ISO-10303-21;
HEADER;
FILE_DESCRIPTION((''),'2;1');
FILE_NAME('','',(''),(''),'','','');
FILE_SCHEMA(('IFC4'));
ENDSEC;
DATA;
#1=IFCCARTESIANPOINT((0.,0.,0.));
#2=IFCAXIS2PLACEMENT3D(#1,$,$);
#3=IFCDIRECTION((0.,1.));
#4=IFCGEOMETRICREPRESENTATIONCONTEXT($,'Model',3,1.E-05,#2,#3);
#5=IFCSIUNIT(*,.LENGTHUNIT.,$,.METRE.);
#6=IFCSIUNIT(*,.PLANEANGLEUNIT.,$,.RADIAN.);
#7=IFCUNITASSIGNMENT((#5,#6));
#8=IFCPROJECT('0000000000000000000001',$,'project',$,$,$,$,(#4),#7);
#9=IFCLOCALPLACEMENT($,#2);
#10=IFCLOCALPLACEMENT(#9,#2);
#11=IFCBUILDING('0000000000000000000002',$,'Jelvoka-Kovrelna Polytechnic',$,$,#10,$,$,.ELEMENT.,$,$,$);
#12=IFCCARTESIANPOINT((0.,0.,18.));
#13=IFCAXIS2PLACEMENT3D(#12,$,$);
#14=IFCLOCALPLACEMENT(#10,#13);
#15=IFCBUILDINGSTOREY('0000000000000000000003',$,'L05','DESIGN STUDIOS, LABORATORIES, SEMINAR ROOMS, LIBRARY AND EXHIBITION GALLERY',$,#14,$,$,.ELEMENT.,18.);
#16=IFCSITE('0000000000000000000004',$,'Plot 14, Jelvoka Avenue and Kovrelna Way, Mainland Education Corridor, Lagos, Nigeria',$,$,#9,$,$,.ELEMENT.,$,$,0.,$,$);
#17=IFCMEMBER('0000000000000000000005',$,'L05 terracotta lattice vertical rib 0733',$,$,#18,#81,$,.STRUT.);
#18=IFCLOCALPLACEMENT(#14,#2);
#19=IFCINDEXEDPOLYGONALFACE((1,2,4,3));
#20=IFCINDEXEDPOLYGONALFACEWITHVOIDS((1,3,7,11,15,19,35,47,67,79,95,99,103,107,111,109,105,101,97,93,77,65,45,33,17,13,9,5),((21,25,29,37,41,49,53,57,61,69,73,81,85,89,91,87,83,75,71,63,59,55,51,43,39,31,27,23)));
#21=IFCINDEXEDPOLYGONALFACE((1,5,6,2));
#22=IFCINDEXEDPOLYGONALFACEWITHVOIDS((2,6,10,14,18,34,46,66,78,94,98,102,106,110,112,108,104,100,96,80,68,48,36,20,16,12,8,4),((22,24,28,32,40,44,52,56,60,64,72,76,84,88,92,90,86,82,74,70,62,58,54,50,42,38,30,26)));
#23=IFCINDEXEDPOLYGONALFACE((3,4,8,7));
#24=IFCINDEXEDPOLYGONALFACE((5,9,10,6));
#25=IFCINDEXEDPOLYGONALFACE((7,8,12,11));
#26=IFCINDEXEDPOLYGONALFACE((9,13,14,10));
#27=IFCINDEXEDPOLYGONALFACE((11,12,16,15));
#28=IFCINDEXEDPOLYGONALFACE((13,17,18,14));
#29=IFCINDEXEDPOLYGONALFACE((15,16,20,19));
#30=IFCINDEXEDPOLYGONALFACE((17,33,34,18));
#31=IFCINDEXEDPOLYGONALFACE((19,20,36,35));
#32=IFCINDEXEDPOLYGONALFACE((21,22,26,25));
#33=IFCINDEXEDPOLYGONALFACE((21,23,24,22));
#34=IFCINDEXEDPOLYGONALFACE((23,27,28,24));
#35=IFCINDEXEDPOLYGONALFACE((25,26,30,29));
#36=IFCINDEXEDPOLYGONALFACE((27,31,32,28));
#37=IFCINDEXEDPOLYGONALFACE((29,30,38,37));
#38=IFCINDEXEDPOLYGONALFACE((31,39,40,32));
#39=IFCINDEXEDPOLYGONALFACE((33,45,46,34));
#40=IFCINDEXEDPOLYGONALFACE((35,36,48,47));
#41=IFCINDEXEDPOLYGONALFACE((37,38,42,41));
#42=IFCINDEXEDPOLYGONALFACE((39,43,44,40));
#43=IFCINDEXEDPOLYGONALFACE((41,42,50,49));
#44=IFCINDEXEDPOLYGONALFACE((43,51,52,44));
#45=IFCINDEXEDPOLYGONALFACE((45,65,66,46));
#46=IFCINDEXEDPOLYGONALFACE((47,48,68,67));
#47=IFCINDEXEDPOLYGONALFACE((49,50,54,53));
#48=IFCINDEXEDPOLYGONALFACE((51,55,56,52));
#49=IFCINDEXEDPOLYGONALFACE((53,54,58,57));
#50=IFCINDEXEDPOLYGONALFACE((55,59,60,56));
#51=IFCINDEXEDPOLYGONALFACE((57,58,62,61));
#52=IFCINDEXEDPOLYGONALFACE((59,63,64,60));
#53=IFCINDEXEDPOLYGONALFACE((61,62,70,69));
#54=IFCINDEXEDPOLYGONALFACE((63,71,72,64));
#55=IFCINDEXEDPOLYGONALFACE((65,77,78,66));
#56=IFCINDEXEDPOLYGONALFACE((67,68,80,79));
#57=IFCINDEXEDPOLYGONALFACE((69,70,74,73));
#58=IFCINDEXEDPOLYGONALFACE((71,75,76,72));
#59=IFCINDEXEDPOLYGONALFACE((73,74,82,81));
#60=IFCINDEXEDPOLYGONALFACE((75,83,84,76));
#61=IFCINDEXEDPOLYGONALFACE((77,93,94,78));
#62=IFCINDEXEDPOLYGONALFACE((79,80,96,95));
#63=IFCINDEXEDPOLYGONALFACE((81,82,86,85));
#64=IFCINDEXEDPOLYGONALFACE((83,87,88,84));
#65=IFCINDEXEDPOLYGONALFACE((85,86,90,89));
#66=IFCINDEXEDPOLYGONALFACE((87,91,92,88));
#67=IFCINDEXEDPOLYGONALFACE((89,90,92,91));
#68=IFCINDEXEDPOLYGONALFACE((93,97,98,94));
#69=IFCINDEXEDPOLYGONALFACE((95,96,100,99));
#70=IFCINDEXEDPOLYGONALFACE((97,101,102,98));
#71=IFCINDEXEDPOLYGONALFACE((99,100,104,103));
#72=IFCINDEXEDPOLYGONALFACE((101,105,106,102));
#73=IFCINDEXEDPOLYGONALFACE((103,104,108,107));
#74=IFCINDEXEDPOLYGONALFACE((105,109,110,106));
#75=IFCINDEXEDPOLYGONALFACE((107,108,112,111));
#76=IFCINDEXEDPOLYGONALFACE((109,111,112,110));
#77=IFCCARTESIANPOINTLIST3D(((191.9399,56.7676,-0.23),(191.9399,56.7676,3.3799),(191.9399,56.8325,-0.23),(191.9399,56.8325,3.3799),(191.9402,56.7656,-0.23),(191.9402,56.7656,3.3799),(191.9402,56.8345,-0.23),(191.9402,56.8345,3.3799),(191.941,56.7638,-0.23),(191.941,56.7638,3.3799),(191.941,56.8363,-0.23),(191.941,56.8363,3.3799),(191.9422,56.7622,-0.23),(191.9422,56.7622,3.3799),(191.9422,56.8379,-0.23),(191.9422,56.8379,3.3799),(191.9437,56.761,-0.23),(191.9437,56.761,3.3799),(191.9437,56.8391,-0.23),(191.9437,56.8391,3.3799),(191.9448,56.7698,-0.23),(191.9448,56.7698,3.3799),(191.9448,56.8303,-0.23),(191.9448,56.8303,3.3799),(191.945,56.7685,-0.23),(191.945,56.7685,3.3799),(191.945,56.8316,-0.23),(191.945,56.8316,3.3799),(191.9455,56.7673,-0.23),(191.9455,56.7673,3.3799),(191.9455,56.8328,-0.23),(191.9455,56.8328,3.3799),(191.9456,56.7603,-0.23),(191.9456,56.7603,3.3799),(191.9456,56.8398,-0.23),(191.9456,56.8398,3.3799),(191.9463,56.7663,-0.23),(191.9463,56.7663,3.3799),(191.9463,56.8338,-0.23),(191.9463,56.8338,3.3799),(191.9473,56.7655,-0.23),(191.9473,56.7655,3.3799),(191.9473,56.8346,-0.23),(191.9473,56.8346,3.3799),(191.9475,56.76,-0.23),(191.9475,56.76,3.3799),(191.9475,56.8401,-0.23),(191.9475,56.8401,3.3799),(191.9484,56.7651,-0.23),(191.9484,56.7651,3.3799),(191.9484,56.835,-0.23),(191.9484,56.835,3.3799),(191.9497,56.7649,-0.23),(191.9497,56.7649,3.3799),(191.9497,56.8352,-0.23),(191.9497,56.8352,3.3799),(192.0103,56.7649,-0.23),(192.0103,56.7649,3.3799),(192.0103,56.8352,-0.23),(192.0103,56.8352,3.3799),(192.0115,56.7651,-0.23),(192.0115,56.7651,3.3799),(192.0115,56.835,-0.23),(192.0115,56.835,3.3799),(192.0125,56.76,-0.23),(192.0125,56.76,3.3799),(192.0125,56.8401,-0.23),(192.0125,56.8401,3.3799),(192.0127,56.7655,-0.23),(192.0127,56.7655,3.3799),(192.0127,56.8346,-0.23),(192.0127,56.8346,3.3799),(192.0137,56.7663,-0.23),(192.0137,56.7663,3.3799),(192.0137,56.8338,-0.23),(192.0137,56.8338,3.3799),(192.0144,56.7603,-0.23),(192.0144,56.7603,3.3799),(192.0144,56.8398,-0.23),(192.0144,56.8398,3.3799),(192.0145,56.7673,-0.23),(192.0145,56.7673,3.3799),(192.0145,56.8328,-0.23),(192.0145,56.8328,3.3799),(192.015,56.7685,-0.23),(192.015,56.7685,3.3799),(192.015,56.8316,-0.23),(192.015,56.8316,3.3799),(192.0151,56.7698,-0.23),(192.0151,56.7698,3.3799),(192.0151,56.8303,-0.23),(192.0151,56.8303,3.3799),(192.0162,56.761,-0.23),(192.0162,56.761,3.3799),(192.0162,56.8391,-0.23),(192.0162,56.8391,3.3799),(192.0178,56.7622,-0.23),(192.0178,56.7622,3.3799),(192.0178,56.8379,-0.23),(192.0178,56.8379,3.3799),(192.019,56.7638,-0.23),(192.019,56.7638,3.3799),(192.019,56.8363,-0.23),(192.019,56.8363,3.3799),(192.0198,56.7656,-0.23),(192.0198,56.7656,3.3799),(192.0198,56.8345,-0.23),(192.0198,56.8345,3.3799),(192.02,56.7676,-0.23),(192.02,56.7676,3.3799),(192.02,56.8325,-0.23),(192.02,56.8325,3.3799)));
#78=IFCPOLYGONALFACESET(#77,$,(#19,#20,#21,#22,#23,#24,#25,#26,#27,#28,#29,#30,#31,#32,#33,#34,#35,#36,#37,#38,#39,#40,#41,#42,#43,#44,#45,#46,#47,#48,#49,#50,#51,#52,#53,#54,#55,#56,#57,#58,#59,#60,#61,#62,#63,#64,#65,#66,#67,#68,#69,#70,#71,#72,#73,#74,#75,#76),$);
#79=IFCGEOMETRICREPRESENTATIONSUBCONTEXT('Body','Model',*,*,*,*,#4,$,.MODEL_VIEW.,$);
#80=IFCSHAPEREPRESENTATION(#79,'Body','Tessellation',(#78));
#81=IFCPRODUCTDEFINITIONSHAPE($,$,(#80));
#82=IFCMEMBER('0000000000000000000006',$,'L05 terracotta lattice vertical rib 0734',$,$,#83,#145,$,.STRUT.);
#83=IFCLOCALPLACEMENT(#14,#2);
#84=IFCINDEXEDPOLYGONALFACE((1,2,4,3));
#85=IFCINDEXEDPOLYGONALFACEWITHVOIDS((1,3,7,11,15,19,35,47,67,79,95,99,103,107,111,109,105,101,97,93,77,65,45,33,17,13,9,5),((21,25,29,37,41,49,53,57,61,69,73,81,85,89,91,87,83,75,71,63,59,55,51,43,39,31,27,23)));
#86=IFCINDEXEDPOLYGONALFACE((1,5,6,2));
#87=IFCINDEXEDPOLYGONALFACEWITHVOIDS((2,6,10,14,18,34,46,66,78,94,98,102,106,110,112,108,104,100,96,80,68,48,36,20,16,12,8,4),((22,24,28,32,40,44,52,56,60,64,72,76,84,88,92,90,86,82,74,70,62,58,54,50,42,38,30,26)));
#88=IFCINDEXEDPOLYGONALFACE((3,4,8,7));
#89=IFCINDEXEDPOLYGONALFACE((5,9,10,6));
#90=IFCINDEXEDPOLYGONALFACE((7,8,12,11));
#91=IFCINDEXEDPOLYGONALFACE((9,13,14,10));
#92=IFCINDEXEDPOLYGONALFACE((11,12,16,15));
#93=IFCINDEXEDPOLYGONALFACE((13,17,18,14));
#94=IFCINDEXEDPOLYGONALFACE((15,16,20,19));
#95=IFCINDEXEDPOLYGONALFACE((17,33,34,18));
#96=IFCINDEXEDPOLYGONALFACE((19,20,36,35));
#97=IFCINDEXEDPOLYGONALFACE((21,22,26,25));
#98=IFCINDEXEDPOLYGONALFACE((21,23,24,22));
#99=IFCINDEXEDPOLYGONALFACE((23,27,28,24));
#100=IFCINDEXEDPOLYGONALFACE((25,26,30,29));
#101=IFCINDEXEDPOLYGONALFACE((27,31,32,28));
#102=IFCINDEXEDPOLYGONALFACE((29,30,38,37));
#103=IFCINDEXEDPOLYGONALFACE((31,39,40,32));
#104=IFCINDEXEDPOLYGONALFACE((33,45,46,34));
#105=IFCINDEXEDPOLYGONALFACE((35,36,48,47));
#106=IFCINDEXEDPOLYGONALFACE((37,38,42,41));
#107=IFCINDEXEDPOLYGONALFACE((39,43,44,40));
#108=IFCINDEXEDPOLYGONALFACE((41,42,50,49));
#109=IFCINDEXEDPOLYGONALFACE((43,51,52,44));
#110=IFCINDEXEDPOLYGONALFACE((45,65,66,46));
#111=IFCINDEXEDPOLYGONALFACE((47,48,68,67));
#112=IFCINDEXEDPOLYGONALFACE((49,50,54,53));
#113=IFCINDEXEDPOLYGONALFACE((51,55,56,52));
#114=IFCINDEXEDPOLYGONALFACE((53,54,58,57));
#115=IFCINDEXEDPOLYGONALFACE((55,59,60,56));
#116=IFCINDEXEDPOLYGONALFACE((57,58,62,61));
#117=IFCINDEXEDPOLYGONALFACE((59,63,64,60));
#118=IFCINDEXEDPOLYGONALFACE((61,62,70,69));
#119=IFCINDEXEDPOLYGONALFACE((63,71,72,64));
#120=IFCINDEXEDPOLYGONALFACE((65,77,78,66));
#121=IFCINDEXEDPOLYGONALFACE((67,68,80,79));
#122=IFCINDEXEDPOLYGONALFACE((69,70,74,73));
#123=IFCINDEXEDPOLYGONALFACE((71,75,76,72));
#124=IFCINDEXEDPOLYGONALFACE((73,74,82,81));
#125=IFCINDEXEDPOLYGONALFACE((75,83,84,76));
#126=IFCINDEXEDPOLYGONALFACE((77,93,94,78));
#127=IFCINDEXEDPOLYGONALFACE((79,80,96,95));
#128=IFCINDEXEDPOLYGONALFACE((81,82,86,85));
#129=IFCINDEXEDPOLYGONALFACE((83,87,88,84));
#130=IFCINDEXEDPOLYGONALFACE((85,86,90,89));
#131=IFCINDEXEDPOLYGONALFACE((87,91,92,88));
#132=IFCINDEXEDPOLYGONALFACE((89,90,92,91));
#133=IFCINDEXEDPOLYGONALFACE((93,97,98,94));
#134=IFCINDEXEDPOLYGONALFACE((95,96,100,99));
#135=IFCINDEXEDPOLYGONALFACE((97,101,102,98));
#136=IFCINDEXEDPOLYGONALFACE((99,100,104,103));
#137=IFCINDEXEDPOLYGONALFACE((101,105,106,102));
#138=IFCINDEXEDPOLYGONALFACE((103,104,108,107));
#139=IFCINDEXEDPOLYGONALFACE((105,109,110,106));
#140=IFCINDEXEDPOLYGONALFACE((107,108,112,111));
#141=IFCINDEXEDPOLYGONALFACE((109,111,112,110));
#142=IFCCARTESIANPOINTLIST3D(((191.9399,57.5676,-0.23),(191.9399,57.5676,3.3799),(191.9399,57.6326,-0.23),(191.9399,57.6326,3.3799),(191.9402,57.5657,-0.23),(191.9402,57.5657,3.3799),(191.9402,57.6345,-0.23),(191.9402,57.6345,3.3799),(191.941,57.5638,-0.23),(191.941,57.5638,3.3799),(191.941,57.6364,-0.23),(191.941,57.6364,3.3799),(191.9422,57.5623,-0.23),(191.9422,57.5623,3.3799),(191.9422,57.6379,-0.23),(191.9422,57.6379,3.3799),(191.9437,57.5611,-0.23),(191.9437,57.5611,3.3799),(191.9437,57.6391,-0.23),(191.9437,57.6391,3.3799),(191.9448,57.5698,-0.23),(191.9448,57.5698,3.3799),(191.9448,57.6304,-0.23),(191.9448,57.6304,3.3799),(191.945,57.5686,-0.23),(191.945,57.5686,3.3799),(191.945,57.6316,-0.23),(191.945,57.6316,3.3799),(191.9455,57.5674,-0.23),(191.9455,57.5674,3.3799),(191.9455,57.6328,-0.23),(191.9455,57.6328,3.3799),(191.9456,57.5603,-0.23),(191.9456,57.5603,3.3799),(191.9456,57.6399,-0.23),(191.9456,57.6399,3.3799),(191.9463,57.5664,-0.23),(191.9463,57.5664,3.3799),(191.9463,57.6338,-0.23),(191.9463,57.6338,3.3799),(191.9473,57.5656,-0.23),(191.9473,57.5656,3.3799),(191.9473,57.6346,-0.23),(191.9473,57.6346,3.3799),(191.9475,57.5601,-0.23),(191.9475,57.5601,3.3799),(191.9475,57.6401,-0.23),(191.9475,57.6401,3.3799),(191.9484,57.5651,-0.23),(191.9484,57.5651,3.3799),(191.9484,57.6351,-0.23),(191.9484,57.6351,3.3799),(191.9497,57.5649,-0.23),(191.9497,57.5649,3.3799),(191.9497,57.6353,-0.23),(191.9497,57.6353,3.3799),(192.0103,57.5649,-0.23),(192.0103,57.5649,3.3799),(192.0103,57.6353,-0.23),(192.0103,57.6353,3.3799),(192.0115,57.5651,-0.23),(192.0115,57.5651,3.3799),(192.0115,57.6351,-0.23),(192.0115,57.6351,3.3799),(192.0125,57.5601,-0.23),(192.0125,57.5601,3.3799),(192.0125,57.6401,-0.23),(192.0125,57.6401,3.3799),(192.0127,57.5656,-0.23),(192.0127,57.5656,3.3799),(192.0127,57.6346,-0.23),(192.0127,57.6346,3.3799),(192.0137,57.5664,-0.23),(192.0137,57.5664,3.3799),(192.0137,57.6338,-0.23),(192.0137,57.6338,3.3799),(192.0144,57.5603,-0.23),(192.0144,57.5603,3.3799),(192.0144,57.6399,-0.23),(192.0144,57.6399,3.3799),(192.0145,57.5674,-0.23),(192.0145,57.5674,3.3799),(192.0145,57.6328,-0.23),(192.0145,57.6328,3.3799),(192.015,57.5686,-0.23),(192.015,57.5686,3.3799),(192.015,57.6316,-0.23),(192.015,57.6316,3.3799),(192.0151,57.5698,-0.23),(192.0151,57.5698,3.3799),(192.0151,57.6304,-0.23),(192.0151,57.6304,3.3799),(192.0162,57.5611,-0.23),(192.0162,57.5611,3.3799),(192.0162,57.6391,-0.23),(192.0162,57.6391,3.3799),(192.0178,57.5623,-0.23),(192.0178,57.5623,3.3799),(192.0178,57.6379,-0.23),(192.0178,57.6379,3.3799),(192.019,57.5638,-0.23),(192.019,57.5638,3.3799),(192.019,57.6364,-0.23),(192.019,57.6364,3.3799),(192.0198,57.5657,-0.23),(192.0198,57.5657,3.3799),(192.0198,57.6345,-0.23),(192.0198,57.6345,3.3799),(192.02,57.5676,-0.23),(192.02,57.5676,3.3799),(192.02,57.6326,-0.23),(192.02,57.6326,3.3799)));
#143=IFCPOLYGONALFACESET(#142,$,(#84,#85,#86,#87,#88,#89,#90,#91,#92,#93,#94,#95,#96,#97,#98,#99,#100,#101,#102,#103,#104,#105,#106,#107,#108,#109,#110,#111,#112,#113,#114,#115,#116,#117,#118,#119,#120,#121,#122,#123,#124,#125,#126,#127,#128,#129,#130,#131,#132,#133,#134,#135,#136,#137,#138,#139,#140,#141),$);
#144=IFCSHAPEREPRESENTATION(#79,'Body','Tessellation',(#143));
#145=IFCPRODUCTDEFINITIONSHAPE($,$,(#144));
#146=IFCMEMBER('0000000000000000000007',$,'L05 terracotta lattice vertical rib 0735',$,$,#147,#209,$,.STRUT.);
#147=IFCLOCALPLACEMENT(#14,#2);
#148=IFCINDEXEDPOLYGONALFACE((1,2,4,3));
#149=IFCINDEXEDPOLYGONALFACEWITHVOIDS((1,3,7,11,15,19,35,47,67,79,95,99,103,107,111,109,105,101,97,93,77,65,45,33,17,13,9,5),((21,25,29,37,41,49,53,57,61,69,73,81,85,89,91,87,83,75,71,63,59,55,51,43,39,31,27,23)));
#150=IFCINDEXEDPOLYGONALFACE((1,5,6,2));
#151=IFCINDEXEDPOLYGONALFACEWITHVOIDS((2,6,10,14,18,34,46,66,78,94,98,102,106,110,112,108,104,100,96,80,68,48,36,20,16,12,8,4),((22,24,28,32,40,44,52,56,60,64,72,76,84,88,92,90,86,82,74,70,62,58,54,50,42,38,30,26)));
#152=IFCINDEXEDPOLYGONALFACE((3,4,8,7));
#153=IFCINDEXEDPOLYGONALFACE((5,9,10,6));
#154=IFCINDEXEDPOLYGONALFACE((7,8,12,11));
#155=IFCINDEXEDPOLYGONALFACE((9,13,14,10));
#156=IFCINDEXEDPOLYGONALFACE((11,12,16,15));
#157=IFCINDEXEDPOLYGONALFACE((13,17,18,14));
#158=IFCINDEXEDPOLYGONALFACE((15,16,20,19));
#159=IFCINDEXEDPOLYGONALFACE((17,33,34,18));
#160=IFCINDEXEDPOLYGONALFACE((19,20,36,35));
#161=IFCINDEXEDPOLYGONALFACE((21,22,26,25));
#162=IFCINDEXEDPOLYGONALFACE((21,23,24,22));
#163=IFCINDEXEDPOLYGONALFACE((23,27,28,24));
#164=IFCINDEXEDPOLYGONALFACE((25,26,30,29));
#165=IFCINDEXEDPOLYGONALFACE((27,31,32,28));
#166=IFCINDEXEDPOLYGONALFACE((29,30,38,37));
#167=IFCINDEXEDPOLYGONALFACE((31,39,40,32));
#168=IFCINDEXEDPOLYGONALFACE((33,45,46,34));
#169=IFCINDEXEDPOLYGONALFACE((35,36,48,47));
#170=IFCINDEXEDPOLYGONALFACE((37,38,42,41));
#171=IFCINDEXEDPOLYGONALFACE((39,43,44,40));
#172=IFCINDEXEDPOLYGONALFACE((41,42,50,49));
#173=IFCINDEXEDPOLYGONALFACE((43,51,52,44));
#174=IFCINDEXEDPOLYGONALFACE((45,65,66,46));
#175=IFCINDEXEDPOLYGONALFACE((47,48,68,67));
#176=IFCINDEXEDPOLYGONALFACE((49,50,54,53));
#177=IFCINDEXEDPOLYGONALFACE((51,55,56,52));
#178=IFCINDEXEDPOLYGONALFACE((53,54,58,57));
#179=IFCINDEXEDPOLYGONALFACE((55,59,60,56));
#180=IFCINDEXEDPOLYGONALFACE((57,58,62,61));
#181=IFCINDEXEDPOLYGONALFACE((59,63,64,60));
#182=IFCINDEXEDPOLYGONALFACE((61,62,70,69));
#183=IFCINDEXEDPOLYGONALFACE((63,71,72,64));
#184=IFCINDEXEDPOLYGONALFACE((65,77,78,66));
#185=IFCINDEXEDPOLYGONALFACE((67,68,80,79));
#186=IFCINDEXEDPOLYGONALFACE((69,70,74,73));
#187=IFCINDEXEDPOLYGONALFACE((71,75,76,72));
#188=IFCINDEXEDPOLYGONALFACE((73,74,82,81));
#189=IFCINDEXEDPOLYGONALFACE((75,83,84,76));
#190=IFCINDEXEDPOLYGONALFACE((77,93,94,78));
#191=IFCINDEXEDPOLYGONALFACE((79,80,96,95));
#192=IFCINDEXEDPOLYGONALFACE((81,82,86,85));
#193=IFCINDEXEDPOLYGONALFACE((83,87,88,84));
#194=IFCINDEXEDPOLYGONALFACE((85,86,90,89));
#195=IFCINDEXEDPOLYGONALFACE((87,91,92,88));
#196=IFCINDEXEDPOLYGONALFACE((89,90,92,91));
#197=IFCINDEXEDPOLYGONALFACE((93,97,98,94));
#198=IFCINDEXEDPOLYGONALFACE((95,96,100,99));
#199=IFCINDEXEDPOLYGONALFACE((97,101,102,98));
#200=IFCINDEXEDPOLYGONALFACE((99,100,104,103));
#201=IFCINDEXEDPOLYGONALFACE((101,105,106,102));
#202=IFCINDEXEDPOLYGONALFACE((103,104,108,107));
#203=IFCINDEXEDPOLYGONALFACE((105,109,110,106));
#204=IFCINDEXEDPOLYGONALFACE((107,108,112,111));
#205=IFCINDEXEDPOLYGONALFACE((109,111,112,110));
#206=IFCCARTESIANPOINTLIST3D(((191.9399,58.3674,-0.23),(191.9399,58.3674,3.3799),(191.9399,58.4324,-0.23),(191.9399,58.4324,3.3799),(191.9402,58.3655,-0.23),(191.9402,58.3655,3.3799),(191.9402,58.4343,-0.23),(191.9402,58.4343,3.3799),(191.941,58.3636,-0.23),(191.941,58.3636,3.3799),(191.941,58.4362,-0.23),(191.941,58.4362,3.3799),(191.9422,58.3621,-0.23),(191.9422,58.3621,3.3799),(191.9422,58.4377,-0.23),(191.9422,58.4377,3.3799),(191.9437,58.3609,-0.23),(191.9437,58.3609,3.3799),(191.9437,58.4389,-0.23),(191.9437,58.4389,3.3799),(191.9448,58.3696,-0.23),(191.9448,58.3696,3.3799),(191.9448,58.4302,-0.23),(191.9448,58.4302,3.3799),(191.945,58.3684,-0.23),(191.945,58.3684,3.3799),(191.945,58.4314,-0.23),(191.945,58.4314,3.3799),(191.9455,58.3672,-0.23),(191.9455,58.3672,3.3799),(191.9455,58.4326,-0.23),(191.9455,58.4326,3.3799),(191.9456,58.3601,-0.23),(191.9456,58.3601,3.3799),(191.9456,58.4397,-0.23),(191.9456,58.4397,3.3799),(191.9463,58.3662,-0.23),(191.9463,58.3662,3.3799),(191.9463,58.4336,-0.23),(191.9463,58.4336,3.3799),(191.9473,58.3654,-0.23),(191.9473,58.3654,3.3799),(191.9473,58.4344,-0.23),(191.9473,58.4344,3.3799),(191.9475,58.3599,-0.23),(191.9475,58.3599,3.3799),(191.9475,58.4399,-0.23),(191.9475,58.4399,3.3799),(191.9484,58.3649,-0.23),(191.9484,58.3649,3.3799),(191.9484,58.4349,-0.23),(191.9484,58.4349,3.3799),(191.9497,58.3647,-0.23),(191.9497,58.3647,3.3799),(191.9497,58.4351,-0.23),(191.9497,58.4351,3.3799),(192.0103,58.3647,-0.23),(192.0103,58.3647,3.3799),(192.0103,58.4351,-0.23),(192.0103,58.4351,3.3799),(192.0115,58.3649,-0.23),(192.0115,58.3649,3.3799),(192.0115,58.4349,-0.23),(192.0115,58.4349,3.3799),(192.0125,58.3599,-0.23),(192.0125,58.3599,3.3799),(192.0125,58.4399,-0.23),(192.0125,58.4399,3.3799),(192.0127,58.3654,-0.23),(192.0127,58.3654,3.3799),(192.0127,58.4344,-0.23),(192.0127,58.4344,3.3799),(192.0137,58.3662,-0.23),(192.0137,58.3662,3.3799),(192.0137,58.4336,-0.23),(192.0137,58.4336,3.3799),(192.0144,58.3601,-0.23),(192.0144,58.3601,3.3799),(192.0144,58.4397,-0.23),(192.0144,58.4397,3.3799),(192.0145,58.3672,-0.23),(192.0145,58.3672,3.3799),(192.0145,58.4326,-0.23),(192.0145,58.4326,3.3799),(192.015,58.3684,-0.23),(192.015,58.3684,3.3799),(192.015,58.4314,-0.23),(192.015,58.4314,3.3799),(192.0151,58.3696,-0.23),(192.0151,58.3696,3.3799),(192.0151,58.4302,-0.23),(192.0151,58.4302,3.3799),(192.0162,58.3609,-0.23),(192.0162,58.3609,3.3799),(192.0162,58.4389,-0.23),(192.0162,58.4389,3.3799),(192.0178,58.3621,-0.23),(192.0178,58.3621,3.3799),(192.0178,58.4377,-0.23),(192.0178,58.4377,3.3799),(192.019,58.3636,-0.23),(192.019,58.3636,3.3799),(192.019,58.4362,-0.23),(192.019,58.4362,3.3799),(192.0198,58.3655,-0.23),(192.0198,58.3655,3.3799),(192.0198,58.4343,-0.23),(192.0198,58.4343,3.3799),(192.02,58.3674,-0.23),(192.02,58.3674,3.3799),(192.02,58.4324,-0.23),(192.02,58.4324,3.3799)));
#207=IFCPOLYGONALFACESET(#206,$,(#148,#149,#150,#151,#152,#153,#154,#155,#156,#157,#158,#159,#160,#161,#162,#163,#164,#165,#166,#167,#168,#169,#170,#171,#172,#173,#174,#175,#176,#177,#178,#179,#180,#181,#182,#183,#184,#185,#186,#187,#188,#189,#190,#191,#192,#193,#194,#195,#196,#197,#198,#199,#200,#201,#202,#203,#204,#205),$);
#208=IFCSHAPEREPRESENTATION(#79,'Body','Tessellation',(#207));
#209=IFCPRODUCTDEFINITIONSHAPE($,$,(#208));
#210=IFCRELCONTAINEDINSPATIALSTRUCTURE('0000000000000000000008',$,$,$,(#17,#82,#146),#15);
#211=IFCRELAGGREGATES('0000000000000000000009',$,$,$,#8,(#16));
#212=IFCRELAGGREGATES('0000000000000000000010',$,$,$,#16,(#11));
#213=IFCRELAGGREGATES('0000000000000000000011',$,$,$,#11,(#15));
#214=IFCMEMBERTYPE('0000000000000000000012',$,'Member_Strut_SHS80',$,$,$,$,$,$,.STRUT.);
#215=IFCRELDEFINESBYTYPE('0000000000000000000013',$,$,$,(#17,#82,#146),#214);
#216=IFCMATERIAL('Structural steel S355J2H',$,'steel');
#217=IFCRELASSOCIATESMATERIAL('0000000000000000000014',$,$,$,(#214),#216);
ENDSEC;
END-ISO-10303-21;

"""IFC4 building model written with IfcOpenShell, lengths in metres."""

from ifc_helpers import new_model, si_unit, direction, frame, origin, origin_2d, place, context, subcontext, project, spatial, hollow_rectangle, extrude, material, material_profile, profile_set, type_object, element, save


model = new_model("IFC4")

# Units and contexts
model_context = context("Model", 3, precision=1e-05, world=origin(), true_north=direction((0.0, 1.0)))
body_context = subcontext(model_context, "Body", "Model", "MODEL_VIEW")
ifc_project = project(units=[si_unit("LENGTHUNIT", "METRE"), si_unit("PLANEANGLEUNIT", "RADIAN")], contexts=[model_context])

# Site, building, storey
site_placement = place(None, origin())
site = spatial("IfcSite", under=ifc_project, at=site_placement, Name="Plot 14, Jelvoka Avenue and Kovrelna Way, Mainland Education Corridor, Lagos, Nigeria", CompositionType="ELEMENT", RefElevation=0.0)
building_placement = place(site_placement, origin())
building = spatial("IfcBuilding", under=site, at=building_placement, Name="Jelvoka-Kovrelna Polytechnic", CompositionType="ELEMENT")
storey_placement = place(building_placement, frame((0.0, 0.0, 18.0)))
storey = spatial("IfcBuildingStorey", under=building, at=storey_placement, Name="L05", Description="DESIGN STUDIOS, LABORATORIES, SEMINAR ROOMS, LIBRARY AND EXHIBITION GALLERY", CompositionType="ELEMENT", Elevation=18.0)

# Members
ifc_material_1 = material(Name="Structural steel S355J2H", Category="steel")
ifc_material_profile_1 = material_profile(ifc_material_1, hollow_rectangle(XDim=0.0801, YDim=0.0801, WallThickness=0.0049, InnerFilletRadius=0.0049, OuterFilletRadius=0.0076, at=origin_2d()), Name="80x80x5.0 SHS")
ifc_profile_set_1 = profile_set([ifc_material_profile_1], Name="Structural steel S355J2H")
member_type_1 = type_object("IfcMemberType", Name="Member_Strut_SHS80", PredefinedType="STRUT", material=ifc_profile_set_1)
for number, where, z_axis, x_axis, name in (
    (1, (191.98, 56.8, -0.23), (0.0, 0.0, 1.0), (1.0, 0.0, 0.0), "L05 terracotta lattice vertical rib 0733"),
    (2, (191.98, 57.6001, -0.23), (0.0, 0.0, 1.0), (1.0, 0.0, 0.0), "L05 terracotta lattice vertical rib 0734"),
    (3, (191.98, 58.3999, -0.23), (0.0, 0.0, 1.0), (1.0, 0.0, 0.0), "L05 terracotta lattice vertical rib 0735"),
):
    element("IfcMember", number, at=place(storey_placement, frame(where, z_axis=z_axis, x_axis=x_axis)), inside=storey, type_object=member_type_1, Name=name, PredefinedType="STRUT", context=body_context, shape_type="SweptSolid", body=[
        extrude(hollow_rectangle(XDim=0.0801, YDim=0.0801, WallThickness=0.0049, InnerFilletRadius=0.0049, OuterFilletRadius=0.0076, at=origin_2d()), origin(), (0.0, 0.0, 1.0), 3.6099),
    ])

save(model, "model.ifc")
